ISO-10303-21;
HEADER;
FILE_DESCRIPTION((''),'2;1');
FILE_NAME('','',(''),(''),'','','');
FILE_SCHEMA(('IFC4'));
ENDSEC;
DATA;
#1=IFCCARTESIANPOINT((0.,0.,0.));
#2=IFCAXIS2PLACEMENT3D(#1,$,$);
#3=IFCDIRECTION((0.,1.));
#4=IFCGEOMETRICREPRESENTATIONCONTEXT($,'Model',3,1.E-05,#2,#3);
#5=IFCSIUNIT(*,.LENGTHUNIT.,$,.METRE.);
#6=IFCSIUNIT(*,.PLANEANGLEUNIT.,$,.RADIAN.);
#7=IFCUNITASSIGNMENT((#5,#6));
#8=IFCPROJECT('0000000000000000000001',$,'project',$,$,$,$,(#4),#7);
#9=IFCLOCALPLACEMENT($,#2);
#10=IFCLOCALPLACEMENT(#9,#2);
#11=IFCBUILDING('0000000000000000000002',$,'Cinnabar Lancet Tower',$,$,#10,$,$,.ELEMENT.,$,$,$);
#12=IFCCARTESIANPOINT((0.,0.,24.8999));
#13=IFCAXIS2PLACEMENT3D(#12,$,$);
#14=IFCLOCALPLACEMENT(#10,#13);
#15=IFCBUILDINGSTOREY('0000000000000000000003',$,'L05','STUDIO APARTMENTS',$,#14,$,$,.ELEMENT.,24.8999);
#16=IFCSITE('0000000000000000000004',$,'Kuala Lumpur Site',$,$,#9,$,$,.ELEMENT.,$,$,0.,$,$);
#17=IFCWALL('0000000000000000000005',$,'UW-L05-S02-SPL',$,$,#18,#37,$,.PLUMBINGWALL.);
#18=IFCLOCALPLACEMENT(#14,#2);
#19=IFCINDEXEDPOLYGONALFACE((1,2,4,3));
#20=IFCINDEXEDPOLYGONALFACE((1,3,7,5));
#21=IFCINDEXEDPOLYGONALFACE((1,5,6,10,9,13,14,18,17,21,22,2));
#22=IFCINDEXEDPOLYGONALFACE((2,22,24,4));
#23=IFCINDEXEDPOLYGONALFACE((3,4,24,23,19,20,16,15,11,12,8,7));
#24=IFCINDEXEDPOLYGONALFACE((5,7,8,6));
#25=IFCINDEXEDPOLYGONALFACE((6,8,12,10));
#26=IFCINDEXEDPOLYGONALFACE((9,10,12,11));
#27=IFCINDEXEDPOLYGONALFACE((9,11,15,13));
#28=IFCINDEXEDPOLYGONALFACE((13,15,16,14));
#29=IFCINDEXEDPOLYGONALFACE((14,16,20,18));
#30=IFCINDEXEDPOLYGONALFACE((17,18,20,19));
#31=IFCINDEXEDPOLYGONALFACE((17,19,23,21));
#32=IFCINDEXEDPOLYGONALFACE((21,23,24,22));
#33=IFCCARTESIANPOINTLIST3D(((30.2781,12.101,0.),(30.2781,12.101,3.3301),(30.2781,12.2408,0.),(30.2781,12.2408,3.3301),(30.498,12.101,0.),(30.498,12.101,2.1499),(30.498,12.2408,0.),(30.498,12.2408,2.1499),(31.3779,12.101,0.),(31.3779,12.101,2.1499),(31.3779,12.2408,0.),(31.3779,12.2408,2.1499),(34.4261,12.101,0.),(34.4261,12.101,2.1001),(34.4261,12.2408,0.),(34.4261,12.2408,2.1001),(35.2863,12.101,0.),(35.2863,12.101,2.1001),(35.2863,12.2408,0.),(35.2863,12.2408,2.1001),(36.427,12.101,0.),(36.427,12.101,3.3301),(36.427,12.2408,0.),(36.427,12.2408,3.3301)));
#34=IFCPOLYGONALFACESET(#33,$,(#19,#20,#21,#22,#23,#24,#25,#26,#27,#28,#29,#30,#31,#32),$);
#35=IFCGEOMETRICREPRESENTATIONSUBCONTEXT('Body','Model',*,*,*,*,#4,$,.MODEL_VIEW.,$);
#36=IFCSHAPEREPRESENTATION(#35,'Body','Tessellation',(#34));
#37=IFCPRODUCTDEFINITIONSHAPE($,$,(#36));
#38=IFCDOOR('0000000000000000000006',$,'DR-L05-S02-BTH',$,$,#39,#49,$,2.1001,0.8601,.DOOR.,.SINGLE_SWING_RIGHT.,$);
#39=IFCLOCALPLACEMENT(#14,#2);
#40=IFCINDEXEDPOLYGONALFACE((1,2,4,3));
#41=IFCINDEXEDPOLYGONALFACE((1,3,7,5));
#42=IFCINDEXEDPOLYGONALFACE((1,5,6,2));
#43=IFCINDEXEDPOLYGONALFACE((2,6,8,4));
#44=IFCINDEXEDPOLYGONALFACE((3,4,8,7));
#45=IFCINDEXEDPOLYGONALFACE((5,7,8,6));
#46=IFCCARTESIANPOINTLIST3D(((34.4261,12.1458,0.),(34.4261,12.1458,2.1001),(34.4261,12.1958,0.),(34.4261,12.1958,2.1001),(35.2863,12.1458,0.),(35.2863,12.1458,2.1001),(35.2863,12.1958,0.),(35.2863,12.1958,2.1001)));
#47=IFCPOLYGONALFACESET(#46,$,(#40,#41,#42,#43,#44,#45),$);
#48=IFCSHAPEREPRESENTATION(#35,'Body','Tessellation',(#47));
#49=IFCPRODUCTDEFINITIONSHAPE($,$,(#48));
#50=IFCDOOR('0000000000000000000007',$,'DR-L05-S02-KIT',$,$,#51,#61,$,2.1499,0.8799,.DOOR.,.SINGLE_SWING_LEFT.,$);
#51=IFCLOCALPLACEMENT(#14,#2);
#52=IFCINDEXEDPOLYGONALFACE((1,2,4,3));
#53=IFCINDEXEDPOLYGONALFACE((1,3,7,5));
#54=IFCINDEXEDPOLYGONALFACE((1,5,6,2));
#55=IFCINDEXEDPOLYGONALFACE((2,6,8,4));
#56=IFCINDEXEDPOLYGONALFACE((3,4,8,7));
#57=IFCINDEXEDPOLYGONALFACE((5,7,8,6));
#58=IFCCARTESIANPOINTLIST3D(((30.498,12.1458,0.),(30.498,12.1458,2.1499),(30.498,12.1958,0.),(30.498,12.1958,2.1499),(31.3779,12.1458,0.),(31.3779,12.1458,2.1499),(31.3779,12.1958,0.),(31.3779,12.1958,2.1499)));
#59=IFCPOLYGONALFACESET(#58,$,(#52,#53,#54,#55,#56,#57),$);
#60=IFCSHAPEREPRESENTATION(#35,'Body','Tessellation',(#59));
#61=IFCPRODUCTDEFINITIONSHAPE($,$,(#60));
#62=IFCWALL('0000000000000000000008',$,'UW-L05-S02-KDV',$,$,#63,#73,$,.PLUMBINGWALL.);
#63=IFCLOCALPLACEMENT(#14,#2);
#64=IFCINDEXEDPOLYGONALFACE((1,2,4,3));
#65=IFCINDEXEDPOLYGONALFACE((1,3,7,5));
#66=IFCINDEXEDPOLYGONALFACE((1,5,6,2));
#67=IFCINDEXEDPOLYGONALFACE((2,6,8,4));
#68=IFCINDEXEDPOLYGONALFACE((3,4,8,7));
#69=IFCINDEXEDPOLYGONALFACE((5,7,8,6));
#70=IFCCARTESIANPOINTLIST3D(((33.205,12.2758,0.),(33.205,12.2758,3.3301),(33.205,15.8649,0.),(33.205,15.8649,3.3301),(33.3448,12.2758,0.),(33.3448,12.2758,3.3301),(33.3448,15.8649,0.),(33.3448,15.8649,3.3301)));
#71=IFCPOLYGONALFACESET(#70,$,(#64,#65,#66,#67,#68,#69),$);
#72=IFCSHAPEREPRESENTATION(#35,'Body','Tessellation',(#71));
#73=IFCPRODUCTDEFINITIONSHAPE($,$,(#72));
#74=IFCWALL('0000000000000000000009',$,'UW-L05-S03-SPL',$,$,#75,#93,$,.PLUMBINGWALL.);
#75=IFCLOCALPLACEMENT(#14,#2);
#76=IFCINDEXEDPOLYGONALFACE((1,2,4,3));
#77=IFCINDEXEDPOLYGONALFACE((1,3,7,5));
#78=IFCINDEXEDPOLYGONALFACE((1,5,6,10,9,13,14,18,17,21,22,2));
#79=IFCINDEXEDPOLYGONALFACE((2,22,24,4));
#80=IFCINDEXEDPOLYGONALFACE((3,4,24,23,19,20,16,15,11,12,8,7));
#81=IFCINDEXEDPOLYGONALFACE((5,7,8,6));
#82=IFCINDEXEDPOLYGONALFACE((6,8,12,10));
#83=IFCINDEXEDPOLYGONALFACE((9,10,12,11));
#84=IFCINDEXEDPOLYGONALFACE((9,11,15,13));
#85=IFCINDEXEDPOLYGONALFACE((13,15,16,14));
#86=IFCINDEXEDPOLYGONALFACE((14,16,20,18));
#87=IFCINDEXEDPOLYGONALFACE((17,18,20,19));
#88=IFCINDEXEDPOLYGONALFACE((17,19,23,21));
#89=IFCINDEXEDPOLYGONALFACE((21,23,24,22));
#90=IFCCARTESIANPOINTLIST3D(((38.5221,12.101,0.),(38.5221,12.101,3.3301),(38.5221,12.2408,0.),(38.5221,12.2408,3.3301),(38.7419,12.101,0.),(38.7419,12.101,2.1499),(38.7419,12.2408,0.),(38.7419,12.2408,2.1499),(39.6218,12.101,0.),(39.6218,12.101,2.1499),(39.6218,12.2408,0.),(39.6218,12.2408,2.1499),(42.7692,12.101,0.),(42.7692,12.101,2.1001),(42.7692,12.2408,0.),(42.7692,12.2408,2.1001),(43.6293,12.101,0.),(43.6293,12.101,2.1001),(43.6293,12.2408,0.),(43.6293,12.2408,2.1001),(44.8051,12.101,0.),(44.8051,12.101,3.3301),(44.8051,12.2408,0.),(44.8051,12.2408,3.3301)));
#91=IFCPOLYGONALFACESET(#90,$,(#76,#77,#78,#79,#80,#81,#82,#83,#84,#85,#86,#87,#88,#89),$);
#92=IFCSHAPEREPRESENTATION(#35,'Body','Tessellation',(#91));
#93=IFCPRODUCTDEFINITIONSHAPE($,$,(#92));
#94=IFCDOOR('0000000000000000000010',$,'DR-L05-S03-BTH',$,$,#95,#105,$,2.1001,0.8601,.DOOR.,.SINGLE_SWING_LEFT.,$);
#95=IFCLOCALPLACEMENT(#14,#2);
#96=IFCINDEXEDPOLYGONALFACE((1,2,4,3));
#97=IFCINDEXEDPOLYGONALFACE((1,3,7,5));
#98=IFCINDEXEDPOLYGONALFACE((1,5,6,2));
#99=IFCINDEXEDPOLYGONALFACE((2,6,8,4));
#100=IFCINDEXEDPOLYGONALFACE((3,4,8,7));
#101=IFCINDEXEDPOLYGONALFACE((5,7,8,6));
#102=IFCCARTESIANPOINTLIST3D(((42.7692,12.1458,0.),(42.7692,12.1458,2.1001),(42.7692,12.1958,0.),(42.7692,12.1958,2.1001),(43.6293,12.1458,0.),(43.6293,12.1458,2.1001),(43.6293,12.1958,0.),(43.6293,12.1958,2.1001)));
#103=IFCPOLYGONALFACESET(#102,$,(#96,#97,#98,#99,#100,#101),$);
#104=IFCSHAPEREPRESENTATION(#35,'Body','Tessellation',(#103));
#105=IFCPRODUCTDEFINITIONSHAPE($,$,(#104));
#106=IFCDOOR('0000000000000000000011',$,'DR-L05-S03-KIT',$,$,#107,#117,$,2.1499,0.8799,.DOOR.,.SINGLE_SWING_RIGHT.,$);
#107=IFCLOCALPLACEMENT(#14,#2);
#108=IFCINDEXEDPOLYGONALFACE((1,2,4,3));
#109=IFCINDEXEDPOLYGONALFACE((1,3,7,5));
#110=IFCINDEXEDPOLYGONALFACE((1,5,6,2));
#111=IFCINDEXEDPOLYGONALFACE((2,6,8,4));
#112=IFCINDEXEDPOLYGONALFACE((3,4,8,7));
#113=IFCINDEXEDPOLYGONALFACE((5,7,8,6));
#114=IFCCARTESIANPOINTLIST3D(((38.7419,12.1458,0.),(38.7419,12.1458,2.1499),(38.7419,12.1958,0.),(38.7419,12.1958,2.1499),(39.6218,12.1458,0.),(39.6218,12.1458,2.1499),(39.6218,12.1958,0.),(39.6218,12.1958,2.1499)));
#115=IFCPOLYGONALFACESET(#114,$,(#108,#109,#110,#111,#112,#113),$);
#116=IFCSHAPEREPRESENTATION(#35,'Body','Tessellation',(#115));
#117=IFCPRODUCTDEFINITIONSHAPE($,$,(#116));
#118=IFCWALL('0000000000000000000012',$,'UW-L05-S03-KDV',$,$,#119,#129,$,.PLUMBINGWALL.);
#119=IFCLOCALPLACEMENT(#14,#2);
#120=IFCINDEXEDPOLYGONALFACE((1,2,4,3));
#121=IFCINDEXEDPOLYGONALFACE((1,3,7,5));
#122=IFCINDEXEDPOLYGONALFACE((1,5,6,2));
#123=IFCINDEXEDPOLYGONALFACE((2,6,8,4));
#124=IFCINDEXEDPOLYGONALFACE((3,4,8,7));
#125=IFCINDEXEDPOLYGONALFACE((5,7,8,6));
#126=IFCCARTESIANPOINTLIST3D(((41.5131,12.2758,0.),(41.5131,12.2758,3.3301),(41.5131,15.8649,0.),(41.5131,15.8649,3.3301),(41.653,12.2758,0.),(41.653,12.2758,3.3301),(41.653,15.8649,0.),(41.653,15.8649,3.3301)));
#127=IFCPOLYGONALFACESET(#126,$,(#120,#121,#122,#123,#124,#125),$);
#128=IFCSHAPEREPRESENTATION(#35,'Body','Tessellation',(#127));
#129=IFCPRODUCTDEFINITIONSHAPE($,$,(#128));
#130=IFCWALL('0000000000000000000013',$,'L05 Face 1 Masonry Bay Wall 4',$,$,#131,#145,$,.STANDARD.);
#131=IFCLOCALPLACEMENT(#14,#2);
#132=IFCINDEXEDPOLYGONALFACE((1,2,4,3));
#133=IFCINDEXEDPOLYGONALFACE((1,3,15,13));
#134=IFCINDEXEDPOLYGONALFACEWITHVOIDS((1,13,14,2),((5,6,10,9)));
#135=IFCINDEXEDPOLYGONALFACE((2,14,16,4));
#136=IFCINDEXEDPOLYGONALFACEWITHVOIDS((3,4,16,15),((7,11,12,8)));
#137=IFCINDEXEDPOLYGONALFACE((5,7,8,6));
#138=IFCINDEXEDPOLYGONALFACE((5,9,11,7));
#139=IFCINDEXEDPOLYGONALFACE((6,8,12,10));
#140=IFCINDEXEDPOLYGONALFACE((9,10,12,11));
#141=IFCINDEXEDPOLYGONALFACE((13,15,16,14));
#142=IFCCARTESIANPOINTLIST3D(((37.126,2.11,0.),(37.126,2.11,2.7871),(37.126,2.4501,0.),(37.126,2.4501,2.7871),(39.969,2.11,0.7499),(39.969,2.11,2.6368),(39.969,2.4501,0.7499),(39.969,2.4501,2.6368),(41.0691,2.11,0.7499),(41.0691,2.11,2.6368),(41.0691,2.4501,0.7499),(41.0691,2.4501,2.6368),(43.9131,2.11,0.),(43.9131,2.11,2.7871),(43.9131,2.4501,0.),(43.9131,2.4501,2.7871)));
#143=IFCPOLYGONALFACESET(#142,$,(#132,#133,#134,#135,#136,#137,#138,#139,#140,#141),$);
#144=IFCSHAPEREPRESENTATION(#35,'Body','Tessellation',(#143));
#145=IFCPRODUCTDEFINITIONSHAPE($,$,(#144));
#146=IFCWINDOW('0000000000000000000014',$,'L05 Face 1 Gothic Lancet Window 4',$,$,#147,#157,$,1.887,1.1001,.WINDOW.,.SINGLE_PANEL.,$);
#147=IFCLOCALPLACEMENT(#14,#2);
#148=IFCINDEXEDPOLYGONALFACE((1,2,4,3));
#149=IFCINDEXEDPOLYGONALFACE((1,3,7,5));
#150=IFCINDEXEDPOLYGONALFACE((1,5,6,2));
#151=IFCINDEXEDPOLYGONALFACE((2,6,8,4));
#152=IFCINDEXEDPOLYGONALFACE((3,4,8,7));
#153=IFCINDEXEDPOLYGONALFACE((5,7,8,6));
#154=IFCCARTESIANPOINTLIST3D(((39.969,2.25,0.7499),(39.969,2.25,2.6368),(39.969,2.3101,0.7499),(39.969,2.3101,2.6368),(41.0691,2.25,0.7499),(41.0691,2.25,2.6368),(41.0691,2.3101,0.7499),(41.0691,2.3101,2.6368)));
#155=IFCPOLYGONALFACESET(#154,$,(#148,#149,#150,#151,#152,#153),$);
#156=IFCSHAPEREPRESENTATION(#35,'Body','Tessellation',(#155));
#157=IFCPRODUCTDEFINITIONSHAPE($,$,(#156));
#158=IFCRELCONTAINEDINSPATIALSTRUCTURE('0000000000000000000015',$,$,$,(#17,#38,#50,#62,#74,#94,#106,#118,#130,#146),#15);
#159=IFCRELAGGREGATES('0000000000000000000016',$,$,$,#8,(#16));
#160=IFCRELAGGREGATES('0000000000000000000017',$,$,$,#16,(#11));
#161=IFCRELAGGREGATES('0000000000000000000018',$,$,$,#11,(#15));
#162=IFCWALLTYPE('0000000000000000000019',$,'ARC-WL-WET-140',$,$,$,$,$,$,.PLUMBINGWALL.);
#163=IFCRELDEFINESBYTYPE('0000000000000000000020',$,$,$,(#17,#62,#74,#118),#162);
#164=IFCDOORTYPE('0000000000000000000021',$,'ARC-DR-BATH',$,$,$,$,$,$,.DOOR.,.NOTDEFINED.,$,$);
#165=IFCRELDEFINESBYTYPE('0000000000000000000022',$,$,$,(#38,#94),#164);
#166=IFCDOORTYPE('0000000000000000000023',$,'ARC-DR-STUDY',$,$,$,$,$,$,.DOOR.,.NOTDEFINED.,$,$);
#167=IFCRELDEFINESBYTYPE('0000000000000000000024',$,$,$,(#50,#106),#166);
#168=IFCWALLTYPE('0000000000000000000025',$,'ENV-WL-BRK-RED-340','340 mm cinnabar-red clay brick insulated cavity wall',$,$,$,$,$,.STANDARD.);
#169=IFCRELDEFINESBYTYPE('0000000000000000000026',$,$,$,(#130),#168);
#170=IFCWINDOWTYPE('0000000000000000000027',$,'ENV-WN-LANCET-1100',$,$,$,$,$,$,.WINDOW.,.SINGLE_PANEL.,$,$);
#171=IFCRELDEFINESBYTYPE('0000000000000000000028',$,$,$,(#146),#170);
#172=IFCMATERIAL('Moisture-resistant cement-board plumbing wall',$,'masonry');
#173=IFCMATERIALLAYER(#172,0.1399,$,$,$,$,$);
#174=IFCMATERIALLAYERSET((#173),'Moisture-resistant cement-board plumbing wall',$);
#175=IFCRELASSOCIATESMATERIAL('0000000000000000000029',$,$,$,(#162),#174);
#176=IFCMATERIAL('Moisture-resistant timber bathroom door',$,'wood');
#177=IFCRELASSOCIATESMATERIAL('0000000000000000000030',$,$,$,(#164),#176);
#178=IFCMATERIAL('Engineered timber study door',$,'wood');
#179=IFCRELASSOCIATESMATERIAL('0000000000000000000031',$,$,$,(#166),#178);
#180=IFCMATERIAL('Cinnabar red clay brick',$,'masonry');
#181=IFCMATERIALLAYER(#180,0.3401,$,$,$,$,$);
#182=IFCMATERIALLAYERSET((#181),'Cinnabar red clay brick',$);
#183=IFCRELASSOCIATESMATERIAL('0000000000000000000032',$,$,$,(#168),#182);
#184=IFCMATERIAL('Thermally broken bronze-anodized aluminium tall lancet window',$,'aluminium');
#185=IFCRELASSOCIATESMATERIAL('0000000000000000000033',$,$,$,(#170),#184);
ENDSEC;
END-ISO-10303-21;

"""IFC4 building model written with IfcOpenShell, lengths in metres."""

from ifc_helpers import new_model, si_unit, direction, frame, frame_2d, origin, place, context, subcontext, project, spatial, rectangle, extrude, material, layer, layer_set, type_object, element, fill, save


model = new_model("IFC4")

# Units and contexts
model_context = context("Model", 3, precision=1e-05, world=origin(), true_north=direction((0.0, 1.0)))
body_context = subcontext(model_context, "Body", "Model", "MODEL_VIEW")
ifc_project = project(units=[si_unit("LENGTHUNIT", "METRE"), si_unit("PLANEANGLEUNIT", "RADIAN")], contexts=[model_context])

# Site, building, storey
site_placement = place(None, origin())
site = spatial("IfcSite", under=ifc_project, at=site_placement, Name="Kuala Lumpur Site", CompositionType="ELEMENT", RefElevation=0.0)
building_placement = place(site_placement, origin())
building = spatial("IfcBuilding", under=site, at=building_placement, Name="Cinnabar Lancet Tower", CompositionType="ELEMENT")
storey_placement = place(building_placement, frame((0.0, 0.0, 24.8999)))
storey = spatial("IfcBuildingStorey", under=building, at=storey_placement, Name="L05", Description="STUDIO APARTMENTS", CompositionType="ELEMENT", Elevation=24.8999)

# Wall, openings, doors
ifc_material_1 = material(Name="Moisture-resistant cement-board plumbing wall", Category="masonry")
ifc_layer_1 = layer(ifc_material_1, 0.1399)
ifc_layer_set_1 = layer_set([ifc_layer_1], Name="Moisture-resistant cement-board plumbing wall")
wall_type_1 = type_object("IfcWallType", Name="ARC-WL-WET-140", PredefinedType="PLUMBINGWALL", material=ifc_layer_set_1)
wall_1_placement = place(storey_placement, frame((30.2781, 12.1709, 0.0), z_axis=(0.0, 0.0, 1.0), x_axis=(1.0, 0.0, 0.0)))
wall_1 = element("IfcWall", 1, at=wall_1_placement, inside=storey, type_object=wall_type_1, Name="UW-L05-S02-SPL", PredefinedType="PLUMBINGWALL", context=body_context, shape_type="SweptSolid", body=[
    extrude(rectangle(XDim=6.1489, YDim=0.1399, at=frame_2d((3.0745, 0.0))), origin(), (0.0, 0.0, 1.0), 3.3301),
])
opening_1_placement = place(wall_1_placement, frame((4.1479, 0.0, 0.0)))
opening_1 = element("IfcOpeningElement", 2, at=opening_1_placement, cuts=wall_1, PredefinedType="OPENING", context=body_context, shape_type="SweptSolid", body=[
    extrude(rectangle(XDim=0.8601, YDim=2.1001, at=frame_2d((0.4302, 1.05))), frame((0.0, 0.0798, 0.0), z_axis=(0.0, -1.0, 0.0), x_axis=(1.0, 0.0, 0.0)), (0.0, 0.0, 1.0), 0.1599),
])
opening_2_placement = place(wall_1_placement, frame((0.22, 0.0, 0.0)))
opening_2 = element("IfcOpeningElement", 3, at=opening_2_placement, cuts=wall_1, PredefinedType="OPENING", context=body_context, shape_type="SweptSolid", body=[
    extrude(rectangle(XDim=0.8799, YDim=2.1499, at=frame_2d((0.4399, 1.075))), frame((0.0, 0.0798, 0.0), z_axis=(0.0, -1.0, 0.0), x_axis=(1.0, 0.0, 0.0)), (0.0, 0.0, 1.0), 0.1599),
])
ifc_material_2 = material(Name="Moisture-resistant timber bathroom door", Category="wood")
door_type_1 = type_object("IfcDoorType", Name="ARC-DR-BATH", OperationType="NOTDEFINED", PredefinedType="DOOR", material=ifc_material_2)
door_1_placement = place(opening_1_placement, origin())
door_1 = element("IfcDoor", 4, at=door_1_placement, inside=storey, type_object=door_type_1, Name="DR-L05-S02-BTH", OperationType="SINGLE_SWING_RIGHT", OverallHeight=2.1001, OverallWidth=0.8601, PredefinedType="DOOR", context=body_context, shape_type="SweptSolid", body=[
    extrude(rectangle(XDim=0.8601, YDim=2.1001, at=frame_2d((0.4302, 1.05))), frame((0.0, 0.0249, 0.0), z_axis=(0.0, -1.0, 0.0), x_axis=(1.0, 0.0, 0.0)), (0.0, 0.0, 1.0), 0.05),
])
fill(opening_1, door_1)
ifc_material_3 = material(Name="Engineered timber study door", Category="wood")
door_type_2 = type_object("IfcDoorType", Name="ARC-DR-STUDY", OperationType="NOTDEFINED", PredefinedType="DOOR", material=ifc_material_3)
door_2_placement = place(opening_2_placement, origin())
door_2 = element("IfcDoor", 5, at=door_2_placement, inside=storey, type_object=door_type_2, Name="DR-L05-S02-KIT", OperationType="SINGLE_SWING_LEFT", OverallHeight=2.1499, OverallWidth=0.8799, PredefinedType="DOOR", context=body_context, shape_type="SweptSolid", body=[
    extrude(rectangle(XDim=0.8799, YDim=2.1499, at=frame_2d((0.4399, 1.075))), frame((0.0, 0.0249, 0.0), z_axis=(0.0, -1.0, 0.0), x_axis=(1.0, 0.0, 0.0)), (0.0, 0.0, 1.0), 0.05),
])
fill(opening_2, door_2)

# Wall
wall_2_placement = place(storey_placement, frame((33.2749, 12.2759, 0.0), z_axis=(0.0, 0.0, 1.0), x_axis=(0.0, 1.0, 0.0)))
element("IfcWall", 6, at=wall_2_placement, inside=storey, type_object=wall_type_1, Name="UW-L05-S02-KDV", PredefinedType="PLUMBINGWALL", context=body_context, shape_type="SweptSolid", body=[
    extrude(rectangle(XDim=3.5891, YDim=0.1399, at=frame_2d((1.7944, 0.0))), origin(), (0.0, 0.0, 1.0), 3.3301),
])

# Wall, openings, doors
wall_3_placement = place(storey_placement, frame((38.522, 12.1709, 0.0), z_axis=(0.0, 0.0, 1.0), x_axis=(1.0, 0.0, 0.0)))
wall_3 = element("IfcWall", 7, at=wall_3_placement, inside=storey, type_object=wall_type_1, Name="UW-L05-S03-SPL", PredefinedType="PLUMBINGWALL", context=body_context, shape_type="SweptSolid", body=[
    extrude(rectangle(XDim=6.283, YDim=0.1399, at=frame_2d((3.1416, 0.0))), origin(), (0.0, 0.0, 1.0), 3.3301),
])
opening_3_placement = place(wall_3_placement, frame((4.2471, 0.0, 0.0)))
opening_3 = element("IfcOpeningElement", 8, at=opening_3_placement, cuts=wall_3, PredefinedType="OPENING", context=body_context, shape_type="SweptSolid", body=[
    extrude(rectangle(XDim=0.8601, YDim=2.1001, at=frame_2d((0.4302, 1.05))), frame((0.0, 0.0798, 0.0), z_axis=(0.0, -1.0, 0.0), x_axis=(1.0, 0.0, 0.0)), (0.0, 0.0, 1.0), 0.1599),
])
opening_4_placement = place(wall_3_placement, frame((0.22, 0.0, 0.0)))
opening_4 = element("IfcOpeningElement", 9, at=opening_4_placement, cuts=wall_3, PredefinedType="OPENING", context=body_context, shape_type="SweptSolid", body=[
    extrude(rectangle(XDim=0.8799, YDim=2.1499, at=frame_2d((0.4399, 1.075))), frame((0.0, 0.0798, 0.0), z_axis=(0.0, -1.0, 0.0), x_axis=(1.0, 0.0, 0.0)), (0.0, 0.0, 1.0), 0.1599),
])
door_3_placement = place(opening_3_placement, origin())
door_3 = element("IfcDoor", 10, at=door_3_placement, inside=storey, type_object=door_type_1, Name="DR-L05-S03-BTH", OperationType="SINGLE_SWING_LEFT", OverallHeight=2.1001, OverallWidth=0.8601, PredefinedType="DOOR", context=body_context, shape_type="SweptSolid", body=[
    extrude(rectangle(XDim=0.8601, YDim=2.1001, at=frame_2d((0.4302, 1.05))), frame((0.0, 0.0249, 0.0), z_axis=(0.0, -1.0, 0.0), x_axis=(1.0, 0.0, 0.0)), (0.0, 0.0, 1.0), 0.05),
])
fill(opening_3, door_3)
door_4_placement = place(opening_4_placement, origin())
door_4 = element("IfcDoor", 11, at=door_4_placement, inside=storey, type_object=door_type_2, Name="DR-L05-S03-KIT", OperationType="SINGLE_SWING_RIGHT", OverallHeight=2.1499, OverallWidth=0.8799, PredefinedType="DOOR", context=body_context, shape_type="SweptSolid", body=[
    extrude(rectangle(XDim=0.8799, YDim=2.1499, at=frame_2d((0.4399, 1.075))), frame((0.0, 0.0249, 0.0), z_axis=(0.0, -1.0, 0.0), x_axis=(1.0, 0.0, 0.0)), (0.0, 0.0, 1.0), 0.05),
])
fill(opening_4, door_4)

# Wall
wall_4_placement = place(storey_placement, frame((41.583, 12.2759, 0.0), z_axis=(0.0, 0.0, 1.0), x_axis=(0.0, 1.0, 0.0)))
element("IfcWall", 12, at=wall_4_placement, inside=storey, type_object=wall_type_1, Name="UW-L05-S03-KDV", PredefinedType="PLUMBINGWALL", context=body_context, shape_type="SweptSolid", body=[
    extrude(rectangle(XDim=3.5891, YDim=0.1399, at=frame_2d((1.7944, 0.0))), origin(), (0.0, 0.0, 1.0), 3.3301),
])

# Wall, opening, window
ifc_material_4 = material(Name="Cinnabar red clay brick", Category="masonry")
ifc_layer_2 = layer(ifc_material_4, 0.3401)
ifc_layer_set_2 = layer_set([ifc_layer_2], Name="Cinnabar red clay brick")
wall_type_2 = type_object("IfcWallType", Name="ENV-WL-BRK-RED-340", Description="340 mm cinnabar-red clay brick insulated cavity wall", PredefinedType="STANDARD", material=ifc_layer_set_2)
wall_5_placement = place(storey_placement, frame((37.126, 2.28, 0.0), z_axis=(0.0, 0.0, 1.0), x_axis=(1.0, 0.0, 0.0)))
wall_5 = element("IfcWall", 13, at=wall_5_placement, inside=storey, type_object=wall_type_2, Name="L05 Face 1 Masonry Bay Wall 4", PredefinedType="STANDARD", context=body_context, shape_type="SweptSolid", body=[
    extrude(rectangle(XDim=6.7871, YDim=0.3401, at=frame_2d((3.3936, 0.0))), origin(), (0.0, 0.0, 1.0), 2.7871),
])
opening_5_placement = place(wall_5_placement, frame((2.843, 0.0, 0.75)))
opening_5 = element("IfcOpeningElement", 14, at=opening_5_placement, cuts=wall_5, PredefinedType="OPENING", context=body_context, shape_type="SweptSolid", body=[
    extrude(rectangle(XDim=1.1001, YDim=1.887, at=frame_2d((0.55, 0.9434))), frame((0.0, 0.1799, 0.0), z_axis=(0.0, -1.0, 0.0), x_axis=(1.0, 0.0, 0.0)), (0.0, 0.0, 1.0), 0.3601),
])
ifc_material_5 = material(Name="Thermally broken bronze-anodized aluminium tall lancet window", Category="aluminium")
window_type = type_object("IfcWindowType", Name="ENV-WN-LANCET-1100", PartitioningType="SINGLE_PANEL", PredefinedType="WINDOW", material=ifc_material_5)
window_placement = place(opening_5_placement, origin())
window = element("IfcWindow", 15, at=window_placement, inside=storey, type_object=window_type, Name="L05 Face 1 Gothic Lancet Window 4", OverallHeight=1.887, OverallWidth=1.1001, PartitioningType="SINGLE_PANEL", PredefinedType="WINDOW", context=body_context, shape_type="SweptSolid", body=[
    extrude(rectangle(XDim=1.1001, YDim=1.887, at=frame_2d((0.55, 0.9434))), frame((0.0, 0.03, 0.0), z_axis=(0.0, -1.0, 0.0), x_axis=(1.0, 0.0, 0.0)), (0.0, 0.0, 1.0), 0.0601),
])
fill(opening_5, window)

save(model, "model.ifc")
